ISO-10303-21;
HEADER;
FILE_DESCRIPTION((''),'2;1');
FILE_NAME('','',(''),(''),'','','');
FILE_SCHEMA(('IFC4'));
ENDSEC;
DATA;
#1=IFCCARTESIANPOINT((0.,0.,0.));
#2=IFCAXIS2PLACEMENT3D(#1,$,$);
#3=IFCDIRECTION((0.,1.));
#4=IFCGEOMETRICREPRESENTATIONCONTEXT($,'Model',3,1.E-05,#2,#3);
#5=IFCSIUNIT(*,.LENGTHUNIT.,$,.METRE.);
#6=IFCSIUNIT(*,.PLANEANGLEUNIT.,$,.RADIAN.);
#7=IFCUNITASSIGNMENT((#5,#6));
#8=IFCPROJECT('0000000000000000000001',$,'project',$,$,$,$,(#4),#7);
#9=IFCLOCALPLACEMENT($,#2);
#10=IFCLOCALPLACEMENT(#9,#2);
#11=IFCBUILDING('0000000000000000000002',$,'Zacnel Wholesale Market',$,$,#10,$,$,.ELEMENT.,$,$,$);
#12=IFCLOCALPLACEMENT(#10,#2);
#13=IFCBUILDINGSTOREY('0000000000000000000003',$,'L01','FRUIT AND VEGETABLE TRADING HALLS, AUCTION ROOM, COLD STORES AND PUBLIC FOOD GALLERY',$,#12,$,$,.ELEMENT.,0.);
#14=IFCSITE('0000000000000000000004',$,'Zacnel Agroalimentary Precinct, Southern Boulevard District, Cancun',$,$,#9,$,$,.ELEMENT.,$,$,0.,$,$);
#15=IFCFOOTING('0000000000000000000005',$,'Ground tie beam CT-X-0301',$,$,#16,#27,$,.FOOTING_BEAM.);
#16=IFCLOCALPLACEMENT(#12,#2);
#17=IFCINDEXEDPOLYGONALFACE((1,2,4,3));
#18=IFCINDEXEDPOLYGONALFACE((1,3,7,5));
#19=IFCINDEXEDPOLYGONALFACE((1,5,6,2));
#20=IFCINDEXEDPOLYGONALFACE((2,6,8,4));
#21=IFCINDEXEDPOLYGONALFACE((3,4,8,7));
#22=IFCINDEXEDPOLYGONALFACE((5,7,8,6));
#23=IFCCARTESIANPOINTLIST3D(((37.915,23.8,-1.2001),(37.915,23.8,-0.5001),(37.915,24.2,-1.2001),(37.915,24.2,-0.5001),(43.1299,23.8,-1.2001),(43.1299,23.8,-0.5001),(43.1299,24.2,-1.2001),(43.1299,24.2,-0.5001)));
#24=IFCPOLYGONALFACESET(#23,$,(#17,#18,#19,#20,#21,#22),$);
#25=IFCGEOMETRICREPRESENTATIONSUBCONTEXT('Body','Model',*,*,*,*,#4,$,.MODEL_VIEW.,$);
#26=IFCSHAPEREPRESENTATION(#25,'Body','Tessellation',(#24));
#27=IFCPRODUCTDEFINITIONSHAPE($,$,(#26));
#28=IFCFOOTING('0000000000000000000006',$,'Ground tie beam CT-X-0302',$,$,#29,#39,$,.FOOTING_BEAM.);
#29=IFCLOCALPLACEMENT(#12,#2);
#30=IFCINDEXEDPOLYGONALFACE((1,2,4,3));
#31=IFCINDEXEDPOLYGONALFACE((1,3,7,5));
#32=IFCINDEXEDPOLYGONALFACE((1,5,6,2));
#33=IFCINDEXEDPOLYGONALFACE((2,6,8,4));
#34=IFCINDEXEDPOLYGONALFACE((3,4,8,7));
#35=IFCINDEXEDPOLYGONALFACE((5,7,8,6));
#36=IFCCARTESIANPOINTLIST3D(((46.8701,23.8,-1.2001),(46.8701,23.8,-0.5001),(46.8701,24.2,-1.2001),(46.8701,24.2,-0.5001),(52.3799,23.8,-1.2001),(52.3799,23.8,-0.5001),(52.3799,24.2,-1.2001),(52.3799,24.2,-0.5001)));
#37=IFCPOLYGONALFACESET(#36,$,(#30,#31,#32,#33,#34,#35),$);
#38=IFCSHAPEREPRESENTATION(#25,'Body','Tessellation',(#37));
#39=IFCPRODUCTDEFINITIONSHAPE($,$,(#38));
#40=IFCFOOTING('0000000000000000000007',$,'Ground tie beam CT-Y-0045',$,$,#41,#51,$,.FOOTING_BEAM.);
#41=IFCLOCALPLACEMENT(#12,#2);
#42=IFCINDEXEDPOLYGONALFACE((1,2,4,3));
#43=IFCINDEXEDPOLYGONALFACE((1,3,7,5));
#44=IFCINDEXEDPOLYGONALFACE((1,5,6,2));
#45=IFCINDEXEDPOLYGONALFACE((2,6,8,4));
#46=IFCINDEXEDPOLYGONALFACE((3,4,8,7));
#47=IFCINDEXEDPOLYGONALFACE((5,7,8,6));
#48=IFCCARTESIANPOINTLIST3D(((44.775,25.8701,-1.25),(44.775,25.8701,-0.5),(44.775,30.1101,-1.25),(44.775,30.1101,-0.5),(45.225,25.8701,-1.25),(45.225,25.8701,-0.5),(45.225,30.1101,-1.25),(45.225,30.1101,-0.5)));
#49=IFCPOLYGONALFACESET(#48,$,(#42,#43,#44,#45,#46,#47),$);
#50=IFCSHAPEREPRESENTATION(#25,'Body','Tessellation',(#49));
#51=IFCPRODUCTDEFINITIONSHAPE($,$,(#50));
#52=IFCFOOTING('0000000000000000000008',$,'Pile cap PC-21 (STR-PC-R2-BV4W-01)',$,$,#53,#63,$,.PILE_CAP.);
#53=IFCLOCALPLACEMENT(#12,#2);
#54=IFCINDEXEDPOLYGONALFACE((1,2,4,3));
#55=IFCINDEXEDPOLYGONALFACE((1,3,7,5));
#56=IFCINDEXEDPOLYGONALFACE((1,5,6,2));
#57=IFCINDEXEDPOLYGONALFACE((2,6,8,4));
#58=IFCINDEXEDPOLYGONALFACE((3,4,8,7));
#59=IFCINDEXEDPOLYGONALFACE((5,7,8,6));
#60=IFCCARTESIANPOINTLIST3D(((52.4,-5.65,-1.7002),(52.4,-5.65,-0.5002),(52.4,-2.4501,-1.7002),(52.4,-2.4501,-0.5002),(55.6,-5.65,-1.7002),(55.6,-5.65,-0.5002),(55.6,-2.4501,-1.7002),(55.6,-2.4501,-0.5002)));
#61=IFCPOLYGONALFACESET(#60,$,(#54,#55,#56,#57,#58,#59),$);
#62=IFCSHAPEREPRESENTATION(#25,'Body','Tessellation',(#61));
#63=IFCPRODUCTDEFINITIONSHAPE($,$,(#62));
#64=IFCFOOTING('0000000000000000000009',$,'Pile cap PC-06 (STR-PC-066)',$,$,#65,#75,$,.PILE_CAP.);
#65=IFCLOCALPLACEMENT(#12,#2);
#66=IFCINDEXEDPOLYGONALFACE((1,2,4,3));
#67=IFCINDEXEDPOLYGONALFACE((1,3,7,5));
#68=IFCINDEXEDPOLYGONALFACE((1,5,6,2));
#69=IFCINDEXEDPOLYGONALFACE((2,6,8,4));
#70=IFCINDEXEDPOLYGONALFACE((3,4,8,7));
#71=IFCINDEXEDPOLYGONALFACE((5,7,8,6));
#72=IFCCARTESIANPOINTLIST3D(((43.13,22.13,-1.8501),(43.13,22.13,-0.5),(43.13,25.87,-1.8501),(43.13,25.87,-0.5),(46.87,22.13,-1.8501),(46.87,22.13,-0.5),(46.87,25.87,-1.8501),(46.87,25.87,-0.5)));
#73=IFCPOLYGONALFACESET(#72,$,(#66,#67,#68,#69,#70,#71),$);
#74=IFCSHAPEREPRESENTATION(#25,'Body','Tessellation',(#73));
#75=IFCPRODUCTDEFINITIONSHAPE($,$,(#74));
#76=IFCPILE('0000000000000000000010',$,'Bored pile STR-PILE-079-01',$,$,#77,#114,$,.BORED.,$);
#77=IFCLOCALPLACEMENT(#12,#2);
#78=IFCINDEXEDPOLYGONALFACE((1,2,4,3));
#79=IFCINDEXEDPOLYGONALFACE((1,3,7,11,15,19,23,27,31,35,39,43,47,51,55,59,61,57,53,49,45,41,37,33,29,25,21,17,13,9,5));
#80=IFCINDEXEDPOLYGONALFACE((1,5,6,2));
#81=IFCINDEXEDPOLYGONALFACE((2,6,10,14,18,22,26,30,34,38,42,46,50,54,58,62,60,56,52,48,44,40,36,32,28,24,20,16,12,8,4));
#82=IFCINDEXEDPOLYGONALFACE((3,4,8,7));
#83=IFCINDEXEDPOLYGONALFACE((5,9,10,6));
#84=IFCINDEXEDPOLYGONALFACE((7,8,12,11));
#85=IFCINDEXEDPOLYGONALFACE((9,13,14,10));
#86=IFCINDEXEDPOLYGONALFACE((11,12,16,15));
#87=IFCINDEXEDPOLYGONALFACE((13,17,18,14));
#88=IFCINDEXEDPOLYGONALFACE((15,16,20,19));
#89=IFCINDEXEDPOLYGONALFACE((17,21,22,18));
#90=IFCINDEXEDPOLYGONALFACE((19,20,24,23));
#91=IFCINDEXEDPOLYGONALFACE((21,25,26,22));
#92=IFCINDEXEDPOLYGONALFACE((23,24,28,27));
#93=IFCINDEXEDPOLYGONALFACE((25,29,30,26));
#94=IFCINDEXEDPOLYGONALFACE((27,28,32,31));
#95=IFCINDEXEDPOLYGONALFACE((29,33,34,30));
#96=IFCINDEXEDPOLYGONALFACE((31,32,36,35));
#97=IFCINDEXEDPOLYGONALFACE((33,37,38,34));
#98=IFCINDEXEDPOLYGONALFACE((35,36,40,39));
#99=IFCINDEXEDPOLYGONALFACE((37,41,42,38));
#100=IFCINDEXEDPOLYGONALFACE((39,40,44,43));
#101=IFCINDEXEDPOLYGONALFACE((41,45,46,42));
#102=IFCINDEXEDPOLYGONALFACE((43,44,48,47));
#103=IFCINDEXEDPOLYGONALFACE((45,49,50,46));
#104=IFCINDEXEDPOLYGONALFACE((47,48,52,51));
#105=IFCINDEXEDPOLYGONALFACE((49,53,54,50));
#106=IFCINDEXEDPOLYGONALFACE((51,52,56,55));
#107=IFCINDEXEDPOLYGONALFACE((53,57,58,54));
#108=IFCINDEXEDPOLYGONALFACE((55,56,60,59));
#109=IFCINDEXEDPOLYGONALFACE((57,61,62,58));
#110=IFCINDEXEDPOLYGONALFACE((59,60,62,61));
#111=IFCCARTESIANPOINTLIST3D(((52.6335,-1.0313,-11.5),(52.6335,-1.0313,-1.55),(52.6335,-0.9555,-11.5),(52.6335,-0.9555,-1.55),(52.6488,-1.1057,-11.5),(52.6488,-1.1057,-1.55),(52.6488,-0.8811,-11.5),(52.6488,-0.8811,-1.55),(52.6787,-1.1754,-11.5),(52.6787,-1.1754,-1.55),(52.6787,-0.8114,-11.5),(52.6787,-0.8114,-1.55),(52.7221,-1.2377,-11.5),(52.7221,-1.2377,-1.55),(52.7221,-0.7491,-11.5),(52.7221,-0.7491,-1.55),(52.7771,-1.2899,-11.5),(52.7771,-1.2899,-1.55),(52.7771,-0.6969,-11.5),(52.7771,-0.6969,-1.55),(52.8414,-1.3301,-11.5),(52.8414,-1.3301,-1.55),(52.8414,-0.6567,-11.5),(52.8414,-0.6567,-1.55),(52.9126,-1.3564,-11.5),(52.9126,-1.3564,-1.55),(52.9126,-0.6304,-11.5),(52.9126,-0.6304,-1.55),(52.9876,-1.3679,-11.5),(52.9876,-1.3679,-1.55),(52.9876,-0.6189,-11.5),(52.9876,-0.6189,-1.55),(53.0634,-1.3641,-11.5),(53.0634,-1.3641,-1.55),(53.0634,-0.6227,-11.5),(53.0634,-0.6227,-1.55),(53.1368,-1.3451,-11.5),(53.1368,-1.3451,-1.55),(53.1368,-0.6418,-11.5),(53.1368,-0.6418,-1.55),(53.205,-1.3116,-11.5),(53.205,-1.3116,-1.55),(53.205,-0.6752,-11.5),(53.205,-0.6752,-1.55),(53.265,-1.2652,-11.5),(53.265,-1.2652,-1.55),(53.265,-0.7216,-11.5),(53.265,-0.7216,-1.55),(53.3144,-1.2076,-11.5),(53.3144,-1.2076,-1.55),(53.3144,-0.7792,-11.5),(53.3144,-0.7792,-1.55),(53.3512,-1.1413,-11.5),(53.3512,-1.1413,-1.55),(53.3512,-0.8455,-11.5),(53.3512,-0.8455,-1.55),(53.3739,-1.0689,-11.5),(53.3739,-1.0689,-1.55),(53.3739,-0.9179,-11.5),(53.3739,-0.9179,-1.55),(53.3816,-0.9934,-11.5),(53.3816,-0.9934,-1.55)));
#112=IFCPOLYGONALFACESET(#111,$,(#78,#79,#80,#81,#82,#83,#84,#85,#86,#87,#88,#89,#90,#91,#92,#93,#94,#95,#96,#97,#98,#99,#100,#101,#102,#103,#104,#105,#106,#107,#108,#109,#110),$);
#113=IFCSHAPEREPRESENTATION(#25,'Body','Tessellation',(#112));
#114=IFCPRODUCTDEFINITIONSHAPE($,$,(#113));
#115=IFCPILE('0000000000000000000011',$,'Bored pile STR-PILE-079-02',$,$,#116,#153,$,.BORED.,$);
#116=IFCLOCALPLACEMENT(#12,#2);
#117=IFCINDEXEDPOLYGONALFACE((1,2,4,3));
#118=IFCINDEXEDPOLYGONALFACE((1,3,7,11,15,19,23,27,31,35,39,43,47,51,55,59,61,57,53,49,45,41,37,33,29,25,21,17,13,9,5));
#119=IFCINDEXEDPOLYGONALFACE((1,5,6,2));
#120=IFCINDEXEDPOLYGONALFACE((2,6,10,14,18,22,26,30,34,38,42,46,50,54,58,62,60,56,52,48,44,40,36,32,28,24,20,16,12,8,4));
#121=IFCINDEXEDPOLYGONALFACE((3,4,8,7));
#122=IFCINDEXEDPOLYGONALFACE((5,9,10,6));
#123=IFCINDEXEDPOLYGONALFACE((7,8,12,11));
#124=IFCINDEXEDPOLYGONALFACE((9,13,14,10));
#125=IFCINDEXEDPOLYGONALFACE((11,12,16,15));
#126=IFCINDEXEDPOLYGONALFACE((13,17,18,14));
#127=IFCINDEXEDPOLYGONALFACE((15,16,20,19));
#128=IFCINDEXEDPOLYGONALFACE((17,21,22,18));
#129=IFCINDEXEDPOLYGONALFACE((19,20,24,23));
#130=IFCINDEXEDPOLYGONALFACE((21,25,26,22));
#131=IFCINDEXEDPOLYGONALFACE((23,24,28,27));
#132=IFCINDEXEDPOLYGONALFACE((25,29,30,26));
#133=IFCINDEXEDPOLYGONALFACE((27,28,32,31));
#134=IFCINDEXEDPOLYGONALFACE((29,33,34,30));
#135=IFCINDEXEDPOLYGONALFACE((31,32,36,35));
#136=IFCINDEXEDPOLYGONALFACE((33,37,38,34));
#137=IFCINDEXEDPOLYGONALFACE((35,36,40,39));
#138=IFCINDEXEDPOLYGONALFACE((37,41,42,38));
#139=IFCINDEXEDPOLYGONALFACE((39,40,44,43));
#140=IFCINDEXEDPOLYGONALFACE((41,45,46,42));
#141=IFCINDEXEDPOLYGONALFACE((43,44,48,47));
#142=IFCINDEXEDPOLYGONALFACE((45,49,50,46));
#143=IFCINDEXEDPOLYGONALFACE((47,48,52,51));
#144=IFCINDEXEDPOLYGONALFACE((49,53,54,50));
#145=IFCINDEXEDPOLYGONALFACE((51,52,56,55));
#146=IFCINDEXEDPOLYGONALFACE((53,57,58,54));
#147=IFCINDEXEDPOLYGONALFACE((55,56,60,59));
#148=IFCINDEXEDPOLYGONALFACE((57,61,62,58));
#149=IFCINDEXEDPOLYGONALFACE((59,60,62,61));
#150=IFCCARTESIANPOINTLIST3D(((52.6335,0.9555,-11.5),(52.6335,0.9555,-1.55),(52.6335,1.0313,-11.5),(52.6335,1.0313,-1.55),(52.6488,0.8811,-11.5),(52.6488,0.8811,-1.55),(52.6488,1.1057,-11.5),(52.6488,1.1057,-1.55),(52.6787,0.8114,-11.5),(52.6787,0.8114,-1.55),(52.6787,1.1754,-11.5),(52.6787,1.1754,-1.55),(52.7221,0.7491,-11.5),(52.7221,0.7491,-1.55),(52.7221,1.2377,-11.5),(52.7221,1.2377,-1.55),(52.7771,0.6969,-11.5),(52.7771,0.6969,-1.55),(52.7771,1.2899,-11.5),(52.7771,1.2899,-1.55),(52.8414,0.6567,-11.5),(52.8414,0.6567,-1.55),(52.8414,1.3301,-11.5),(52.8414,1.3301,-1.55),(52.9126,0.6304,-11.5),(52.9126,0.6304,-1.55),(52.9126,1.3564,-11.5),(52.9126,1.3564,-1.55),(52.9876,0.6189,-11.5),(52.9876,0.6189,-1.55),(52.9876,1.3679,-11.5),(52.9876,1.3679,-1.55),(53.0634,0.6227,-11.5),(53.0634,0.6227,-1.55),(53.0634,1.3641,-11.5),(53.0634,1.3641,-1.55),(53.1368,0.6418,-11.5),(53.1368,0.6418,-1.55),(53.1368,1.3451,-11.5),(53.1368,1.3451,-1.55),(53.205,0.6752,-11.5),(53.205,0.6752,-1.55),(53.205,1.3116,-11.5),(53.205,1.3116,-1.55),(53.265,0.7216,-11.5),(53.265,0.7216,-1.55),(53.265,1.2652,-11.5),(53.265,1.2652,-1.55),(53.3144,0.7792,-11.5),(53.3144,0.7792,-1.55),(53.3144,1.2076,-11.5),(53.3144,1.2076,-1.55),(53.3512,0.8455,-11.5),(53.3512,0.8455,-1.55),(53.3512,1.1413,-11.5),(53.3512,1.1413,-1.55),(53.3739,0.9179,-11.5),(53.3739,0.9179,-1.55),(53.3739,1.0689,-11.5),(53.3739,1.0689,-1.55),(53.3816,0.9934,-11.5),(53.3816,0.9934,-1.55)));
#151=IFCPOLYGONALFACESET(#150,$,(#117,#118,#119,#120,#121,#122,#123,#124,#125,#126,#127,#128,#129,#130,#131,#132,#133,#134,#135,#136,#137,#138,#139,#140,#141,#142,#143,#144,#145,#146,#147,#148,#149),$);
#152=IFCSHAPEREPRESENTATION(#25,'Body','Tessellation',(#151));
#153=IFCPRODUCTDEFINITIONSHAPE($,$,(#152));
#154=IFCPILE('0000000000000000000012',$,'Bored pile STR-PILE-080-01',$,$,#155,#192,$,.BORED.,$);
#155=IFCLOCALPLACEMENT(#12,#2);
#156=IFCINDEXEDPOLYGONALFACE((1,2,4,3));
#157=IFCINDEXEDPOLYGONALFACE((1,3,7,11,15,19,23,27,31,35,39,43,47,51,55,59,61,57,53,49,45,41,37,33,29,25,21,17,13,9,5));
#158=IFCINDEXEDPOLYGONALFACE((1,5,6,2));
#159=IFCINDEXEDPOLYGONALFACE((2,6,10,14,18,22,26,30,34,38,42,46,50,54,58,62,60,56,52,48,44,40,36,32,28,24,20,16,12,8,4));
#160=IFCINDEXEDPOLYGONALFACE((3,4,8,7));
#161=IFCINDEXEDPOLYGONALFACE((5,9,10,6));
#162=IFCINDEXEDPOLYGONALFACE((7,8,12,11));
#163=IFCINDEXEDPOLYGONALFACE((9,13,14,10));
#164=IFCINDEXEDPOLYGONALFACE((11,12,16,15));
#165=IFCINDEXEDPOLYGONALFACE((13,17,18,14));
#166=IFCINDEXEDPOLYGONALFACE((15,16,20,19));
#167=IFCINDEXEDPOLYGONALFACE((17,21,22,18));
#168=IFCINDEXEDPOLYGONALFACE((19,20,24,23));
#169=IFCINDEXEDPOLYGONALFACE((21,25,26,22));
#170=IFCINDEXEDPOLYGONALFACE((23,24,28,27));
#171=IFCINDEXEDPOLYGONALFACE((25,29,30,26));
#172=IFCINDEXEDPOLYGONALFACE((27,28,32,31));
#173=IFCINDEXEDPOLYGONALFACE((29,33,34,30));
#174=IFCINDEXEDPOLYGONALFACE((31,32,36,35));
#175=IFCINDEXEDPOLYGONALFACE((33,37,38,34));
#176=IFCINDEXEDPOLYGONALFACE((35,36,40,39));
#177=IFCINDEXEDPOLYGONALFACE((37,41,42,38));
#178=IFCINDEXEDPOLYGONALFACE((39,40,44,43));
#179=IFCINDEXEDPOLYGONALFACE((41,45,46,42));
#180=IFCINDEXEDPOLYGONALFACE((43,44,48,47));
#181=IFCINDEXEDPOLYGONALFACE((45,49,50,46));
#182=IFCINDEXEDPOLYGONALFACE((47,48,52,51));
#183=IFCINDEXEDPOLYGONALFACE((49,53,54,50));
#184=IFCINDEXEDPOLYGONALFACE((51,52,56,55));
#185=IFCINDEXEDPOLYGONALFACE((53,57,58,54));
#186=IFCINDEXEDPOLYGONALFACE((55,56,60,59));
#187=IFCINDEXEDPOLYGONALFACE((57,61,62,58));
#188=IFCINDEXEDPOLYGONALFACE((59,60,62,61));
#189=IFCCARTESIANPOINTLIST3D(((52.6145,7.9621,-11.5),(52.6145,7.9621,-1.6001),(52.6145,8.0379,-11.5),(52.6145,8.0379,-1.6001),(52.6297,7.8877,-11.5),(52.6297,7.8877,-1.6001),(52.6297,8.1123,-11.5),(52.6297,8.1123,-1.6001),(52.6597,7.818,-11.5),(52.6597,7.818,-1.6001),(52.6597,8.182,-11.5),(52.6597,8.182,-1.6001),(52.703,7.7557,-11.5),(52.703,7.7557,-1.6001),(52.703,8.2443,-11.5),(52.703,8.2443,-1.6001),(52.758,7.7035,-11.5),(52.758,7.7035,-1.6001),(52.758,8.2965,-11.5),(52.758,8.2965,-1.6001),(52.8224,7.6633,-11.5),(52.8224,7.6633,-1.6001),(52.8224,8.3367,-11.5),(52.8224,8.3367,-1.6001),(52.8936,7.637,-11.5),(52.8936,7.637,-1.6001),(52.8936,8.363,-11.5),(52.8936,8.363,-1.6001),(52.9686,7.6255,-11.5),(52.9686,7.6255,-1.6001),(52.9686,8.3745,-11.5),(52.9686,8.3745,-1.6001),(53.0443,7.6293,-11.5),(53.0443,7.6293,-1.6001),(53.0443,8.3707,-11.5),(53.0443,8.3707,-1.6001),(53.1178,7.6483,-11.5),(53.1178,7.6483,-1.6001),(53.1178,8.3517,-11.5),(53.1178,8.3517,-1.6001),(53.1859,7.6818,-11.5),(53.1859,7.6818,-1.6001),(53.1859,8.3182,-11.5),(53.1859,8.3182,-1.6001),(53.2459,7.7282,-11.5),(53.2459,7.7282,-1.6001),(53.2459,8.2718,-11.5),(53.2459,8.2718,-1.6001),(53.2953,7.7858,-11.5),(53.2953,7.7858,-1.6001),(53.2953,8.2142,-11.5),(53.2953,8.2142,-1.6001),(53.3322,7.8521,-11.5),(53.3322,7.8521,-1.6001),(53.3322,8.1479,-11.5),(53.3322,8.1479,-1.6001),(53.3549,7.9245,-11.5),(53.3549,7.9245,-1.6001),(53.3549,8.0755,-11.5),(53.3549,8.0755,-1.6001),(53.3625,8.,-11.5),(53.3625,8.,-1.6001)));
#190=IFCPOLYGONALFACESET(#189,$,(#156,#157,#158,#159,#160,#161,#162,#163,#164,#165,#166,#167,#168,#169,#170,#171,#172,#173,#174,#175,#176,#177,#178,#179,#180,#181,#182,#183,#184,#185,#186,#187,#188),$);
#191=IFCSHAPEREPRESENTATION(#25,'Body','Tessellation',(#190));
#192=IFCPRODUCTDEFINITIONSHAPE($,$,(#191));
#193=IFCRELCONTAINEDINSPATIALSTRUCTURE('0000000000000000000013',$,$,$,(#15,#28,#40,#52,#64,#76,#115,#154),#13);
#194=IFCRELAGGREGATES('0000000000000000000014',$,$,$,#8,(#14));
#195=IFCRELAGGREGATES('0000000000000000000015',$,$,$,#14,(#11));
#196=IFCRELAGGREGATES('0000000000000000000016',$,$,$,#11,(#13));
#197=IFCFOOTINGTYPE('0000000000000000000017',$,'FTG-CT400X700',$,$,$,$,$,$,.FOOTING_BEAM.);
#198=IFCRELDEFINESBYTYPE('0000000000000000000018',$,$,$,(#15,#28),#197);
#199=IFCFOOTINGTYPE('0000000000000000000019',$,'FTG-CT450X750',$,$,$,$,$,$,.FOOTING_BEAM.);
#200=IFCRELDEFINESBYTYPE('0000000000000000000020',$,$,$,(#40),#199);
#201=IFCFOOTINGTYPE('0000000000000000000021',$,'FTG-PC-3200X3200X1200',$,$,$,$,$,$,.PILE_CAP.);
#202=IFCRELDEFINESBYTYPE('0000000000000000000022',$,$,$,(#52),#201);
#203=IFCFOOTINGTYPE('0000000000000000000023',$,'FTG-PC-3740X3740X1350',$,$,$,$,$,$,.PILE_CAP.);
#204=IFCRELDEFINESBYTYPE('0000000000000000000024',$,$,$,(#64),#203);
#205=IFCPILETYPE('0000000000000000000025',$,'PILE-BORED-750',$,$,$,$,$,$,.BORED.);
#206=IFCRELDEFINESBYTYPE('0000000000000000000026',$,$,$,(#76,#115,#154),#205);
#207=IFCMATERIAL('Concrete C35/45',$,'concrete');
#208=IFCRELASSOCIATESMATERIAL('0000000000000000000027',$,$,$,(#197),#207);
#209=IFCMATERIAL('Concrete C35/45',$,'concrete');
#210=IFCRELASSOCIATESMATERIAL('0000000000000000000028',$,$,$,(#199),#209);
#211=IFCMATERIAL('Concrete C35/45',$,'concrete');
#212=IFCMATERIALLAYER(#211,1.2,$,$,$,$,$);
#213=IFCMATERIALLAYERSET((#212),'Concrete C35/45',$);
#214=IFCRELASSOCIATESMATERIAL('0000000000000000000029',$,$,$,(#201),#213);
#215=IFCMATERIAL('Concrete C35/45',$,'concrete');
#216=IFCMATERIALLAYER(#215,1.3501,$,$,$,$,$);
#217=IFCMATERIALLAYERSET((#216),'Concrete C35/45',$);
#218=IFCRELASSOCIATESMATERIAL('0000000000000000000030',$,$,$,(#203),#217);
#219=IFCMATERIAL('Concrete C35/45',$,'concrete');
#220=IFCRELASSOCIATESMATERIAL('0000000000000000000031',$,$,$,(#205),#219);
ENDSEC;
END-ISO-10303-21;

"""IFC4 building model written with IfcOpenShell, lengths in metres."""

from ifc_helpers import new_model, si_unit, direction, frame, origin, origin_2d, place, context, subcontext, project, spatial, rectangle, circle, extrude, material, layer, layer_set, material_profile, profile_set, type_object, element, save


model = new_model("IFC4")

# Units and contexts
model_context = context("Model", 3, precision=1e-05, world=origin(), true_north=direction((0.0, 1.0)))
body_context = subcontext(model_context, "Body", "Model", "MODEL_VIEW")
ifc_project = project(units=[si_unit("LENGTHUNIT", "METRE"), si_unit("PLANEANGLEUNIT", "RADIAN")], contexts=[model_context])

# Site, building, storey
site_placement = place(None, origin())
site = spatial("IfcSite", under=ifc_project, at=site_placement, Name="Zacnel Agroalimentary Precinct, Southern Boulevard District, Cancun", CompositionType="ELEMENT", RefElevation=0.0)
building_placement = place(site_placement, origin())
building = spatial("IfcBuilding", under=site, at=building_placement, Name="Zacnel Wholesale Market", CompositionType="ELEMENT")
storey_placement = place(building_placement, origin())
storey = spatial("IfcBuildingStorey", under=building, at=storey_placement, Name="L01", Description="FRUIT AND VEGETABLE TRADING HALLS, AUCTION ROOM, COLD STORES AND PUBLIC FOOD GALLERY", CompositionType="ELEMENT", Elevation=0.0)

# Footings
ifc_material_1 = material(Name="Concrete C35/45", Category="concrete")
ifc_material_profile_1 = material_profile(ifc_material_1, rectangle(XDim=0.3999, YDim=0.7, at=origin_2d()), Name="CT 400x700")
ifc_profile_set_1 = profile_set([ifc_material_profile_1], Name="Concrete C35/45")
footing_type_1 = type_object("IfcFootingType", Name="FTG-CT400X700", PredefinedType="FOOTING_BEAM", material=ifc_profile_set_1)
footing_1_placement = place(storey_placement, frame((37.915, 24.0, -0.8501), z_axis=(1.0, 0.0, 0.0), x_axis=(0.0, 1.0, 0.0)))
element("IfcFooting", 1, at=footing_1_placement, inside=storey, type_object=footing_type_1, Name="Ground tie beam CT-X-0301", PredefinedType="FOOTING_BEAM", context=body_context, shape_type="SweptSolid", body=[
    extrude(rectangle(XDim=0.3999, YDim=0.7, at=origin_2d()), origin(), (0.0, 0.0, 1.0), 5.2148),
])
footing_2_placement = place(storey_placement, frame((46.8701, 24.0, -0.8501), z_axis=(1.0, 0.0, 0.0), x_axis=(0.0, 1.0, 0.0)))
element("IfcFooting", 2, at=footing_2_placement, inside=storey, type_object=footing_type_1, Name="Ground tie beam CT-X-0302", PredefinedType="FOOTING_BEAM", context=body_context, shape_type="SweptSolid", body=[
    extrude(rectangle(XDim=0.3999, YDim=0.7, at=origin_2d()), origin(), (0.0, 0.0, 1.0), 5.5098),
])
ifc_material_2 = material(Name="Concrete C35/45", Category="concrete")
ifc_material_profile_2 = material_profile(ifc_material_2, rectangle(XDim=0.45, YDim=0.75, at=origin_2d()), Name="CT 450x750")
ifc_profile_set_2 = profile_set([ifc_material_profile_2], Name="Concrete C35/45")
footing_type_2 = type_object("IfcFootingType", Name="FTG-CT450X750", PredefinedType="FOOTING_BEAM", material=ifc_profile_set_2)
footing_3_placement = place(storey_placement, frame((45.0, 25.8701, -0.875), z_axis=(0.0, 1.0, 0.0), x_axis=(-1.0, 0.0, 0.0)))
element("IfcFooting", 3, at=footing_3_placement, inside=storey, type_object=footing_type_2, Name="Ground tie beam CT-Y-0045", PredefinedType="FOOTING_BEAM", context=body_context, shape_type="SweptSolid", body=[
    extrude(rectangle(XDim=0.45, YDim=0.75, at=origin_2d()), origin(), (0.0, 0.0, 1.0), 4.24),
])
ifc_material_3 = material(Name="Concrete C35/45", Category="concrete")
ifc_layer_1 = layer(ifc_material_3, 1.2)
ifc_layer_set_1 = layer_set([ifc_layer_1], Name="Concrete C35/45")
footing_type_3 = type_object("IfcFootingType", Name="FTG-PC-3200X3200X1200", PredefinedType="PILE_CAP", material=ifc_layer_set_1)
footing_4_placement = place(storey_placement, frame((54.0, -4.05, -1.7002), z_axis=(0.0, 0.0, 1.0), x_axis=(1.0, 0.0, 0.0)))
element("IfcFooting", 4, at=footing_4_placement, inside=storey, type_object=footing_type_3, Name="Pile cap PC-21 (STR-PC-R2-BV4W-01)", PredefinedType="PILE_CAP", context=body_context, shape_type="SweptSolid", body=[
    extrude(rectangle(XDim=3.2, YDim=3.2, at=origin_2d()), origin(), (0.0, 0.0, 1.0), 1.2),
])
ifc_material_4 = material(Name="Concrete C35/45", Category="concrete")
ifc_layer_2 = layer(ifc_material_4, 1.3501)
ifc_layer_set_2 = layer_set([ifc_layer_2], Name="Concrete C35/45")
footing_type_4 = type_object("IfcFootingType", Name="FTG-PC-3740X3740X1350", PredefinedType="PILE_CAP", material=ifc_layer_set_2)
footing_5_placement = place(storey_placement, frame((45.0, 24.0, -1.8501), z_axis=(0.0, 0.0, 1.0), x_axis=(1.0, 0.0, 0.0)))
element("IfcFooting", 5, at=footing_5_placement, inside=storey, type_object=footing_type_4, Name="Pile cap PC-06 (STR-PC-066)", PredefinedType="PILE_CAP", context=body_context, shape_type="SweptSolid", body=[
    extrude(rectangle(XDim=3.74, YDim=3.74, at=origin_2d()), origin(), (0.0, 0.0, 1.0), 1.3501),
])

# Piles
ifc_material_5 = material(Name="Concrete C35/45", Category="concrete")
ifc_material_profile_3 = material_profile(ifc_material_5, circle(Radius=0.375, at=origin_2d()), Name="BORED PILE D750")
ifc_profile_set_3 = profile_set([ifc_material_profile_3], Name="Concrete C35/45")
pile_type_1 = type_object("IfcPileType", Name="PILE-BORED-750", PredefinedType="BORED", material=ifc_profile_set_3)
for number, where, z_axis, x_axis, name in (
    (6, (53.0066, -0.9934, -1.55), (0.0, 0.0, -1.0), (1.0, 0.0, 0.0), "Bored pile STR-PILE-079-01"),
    (7, (53.0066, 0.9934, -1.55), (0.0, 0.0, -1.0), (1.0, 0.0, 0.0), "Bored pile STR-PILE-079-02"),
):
    element("IfcPile", number, at=place(storey_placement, frame(where, z_axis=z_axis, x_axis=x_axis)), inside=storey, type_object=pile_type_1, Name=name, PredefinedType="BORED", context=body_context, shape_type="SweptSolid", body=[
        extrude(circle(Radius=0.375, at=origin_2d()), origin(), (0.0, 0.0, 1.0), 9.95),
    ])
pile_placement = place(storey_placement, frame((52.9875, 8.0, -1.6001), z_axis=(0.0, 0.0, -1.0), x_axis=(1.0, 0.0, 0.0)))
element("IfcPile", 8, at=pile_placement, inside=storey, type_object=pile_type_1, Name="Bored pile STR-PILE-080-01", PredefinedType="BORED", context=body_context, shape_type="SweptSolid", body=[
    extrude(circle(Radius=0.375, at=origin_2d()), origin(), (0.0, 0.0, 1.0), 9.8999),
])

save(model, "model.ifc")
